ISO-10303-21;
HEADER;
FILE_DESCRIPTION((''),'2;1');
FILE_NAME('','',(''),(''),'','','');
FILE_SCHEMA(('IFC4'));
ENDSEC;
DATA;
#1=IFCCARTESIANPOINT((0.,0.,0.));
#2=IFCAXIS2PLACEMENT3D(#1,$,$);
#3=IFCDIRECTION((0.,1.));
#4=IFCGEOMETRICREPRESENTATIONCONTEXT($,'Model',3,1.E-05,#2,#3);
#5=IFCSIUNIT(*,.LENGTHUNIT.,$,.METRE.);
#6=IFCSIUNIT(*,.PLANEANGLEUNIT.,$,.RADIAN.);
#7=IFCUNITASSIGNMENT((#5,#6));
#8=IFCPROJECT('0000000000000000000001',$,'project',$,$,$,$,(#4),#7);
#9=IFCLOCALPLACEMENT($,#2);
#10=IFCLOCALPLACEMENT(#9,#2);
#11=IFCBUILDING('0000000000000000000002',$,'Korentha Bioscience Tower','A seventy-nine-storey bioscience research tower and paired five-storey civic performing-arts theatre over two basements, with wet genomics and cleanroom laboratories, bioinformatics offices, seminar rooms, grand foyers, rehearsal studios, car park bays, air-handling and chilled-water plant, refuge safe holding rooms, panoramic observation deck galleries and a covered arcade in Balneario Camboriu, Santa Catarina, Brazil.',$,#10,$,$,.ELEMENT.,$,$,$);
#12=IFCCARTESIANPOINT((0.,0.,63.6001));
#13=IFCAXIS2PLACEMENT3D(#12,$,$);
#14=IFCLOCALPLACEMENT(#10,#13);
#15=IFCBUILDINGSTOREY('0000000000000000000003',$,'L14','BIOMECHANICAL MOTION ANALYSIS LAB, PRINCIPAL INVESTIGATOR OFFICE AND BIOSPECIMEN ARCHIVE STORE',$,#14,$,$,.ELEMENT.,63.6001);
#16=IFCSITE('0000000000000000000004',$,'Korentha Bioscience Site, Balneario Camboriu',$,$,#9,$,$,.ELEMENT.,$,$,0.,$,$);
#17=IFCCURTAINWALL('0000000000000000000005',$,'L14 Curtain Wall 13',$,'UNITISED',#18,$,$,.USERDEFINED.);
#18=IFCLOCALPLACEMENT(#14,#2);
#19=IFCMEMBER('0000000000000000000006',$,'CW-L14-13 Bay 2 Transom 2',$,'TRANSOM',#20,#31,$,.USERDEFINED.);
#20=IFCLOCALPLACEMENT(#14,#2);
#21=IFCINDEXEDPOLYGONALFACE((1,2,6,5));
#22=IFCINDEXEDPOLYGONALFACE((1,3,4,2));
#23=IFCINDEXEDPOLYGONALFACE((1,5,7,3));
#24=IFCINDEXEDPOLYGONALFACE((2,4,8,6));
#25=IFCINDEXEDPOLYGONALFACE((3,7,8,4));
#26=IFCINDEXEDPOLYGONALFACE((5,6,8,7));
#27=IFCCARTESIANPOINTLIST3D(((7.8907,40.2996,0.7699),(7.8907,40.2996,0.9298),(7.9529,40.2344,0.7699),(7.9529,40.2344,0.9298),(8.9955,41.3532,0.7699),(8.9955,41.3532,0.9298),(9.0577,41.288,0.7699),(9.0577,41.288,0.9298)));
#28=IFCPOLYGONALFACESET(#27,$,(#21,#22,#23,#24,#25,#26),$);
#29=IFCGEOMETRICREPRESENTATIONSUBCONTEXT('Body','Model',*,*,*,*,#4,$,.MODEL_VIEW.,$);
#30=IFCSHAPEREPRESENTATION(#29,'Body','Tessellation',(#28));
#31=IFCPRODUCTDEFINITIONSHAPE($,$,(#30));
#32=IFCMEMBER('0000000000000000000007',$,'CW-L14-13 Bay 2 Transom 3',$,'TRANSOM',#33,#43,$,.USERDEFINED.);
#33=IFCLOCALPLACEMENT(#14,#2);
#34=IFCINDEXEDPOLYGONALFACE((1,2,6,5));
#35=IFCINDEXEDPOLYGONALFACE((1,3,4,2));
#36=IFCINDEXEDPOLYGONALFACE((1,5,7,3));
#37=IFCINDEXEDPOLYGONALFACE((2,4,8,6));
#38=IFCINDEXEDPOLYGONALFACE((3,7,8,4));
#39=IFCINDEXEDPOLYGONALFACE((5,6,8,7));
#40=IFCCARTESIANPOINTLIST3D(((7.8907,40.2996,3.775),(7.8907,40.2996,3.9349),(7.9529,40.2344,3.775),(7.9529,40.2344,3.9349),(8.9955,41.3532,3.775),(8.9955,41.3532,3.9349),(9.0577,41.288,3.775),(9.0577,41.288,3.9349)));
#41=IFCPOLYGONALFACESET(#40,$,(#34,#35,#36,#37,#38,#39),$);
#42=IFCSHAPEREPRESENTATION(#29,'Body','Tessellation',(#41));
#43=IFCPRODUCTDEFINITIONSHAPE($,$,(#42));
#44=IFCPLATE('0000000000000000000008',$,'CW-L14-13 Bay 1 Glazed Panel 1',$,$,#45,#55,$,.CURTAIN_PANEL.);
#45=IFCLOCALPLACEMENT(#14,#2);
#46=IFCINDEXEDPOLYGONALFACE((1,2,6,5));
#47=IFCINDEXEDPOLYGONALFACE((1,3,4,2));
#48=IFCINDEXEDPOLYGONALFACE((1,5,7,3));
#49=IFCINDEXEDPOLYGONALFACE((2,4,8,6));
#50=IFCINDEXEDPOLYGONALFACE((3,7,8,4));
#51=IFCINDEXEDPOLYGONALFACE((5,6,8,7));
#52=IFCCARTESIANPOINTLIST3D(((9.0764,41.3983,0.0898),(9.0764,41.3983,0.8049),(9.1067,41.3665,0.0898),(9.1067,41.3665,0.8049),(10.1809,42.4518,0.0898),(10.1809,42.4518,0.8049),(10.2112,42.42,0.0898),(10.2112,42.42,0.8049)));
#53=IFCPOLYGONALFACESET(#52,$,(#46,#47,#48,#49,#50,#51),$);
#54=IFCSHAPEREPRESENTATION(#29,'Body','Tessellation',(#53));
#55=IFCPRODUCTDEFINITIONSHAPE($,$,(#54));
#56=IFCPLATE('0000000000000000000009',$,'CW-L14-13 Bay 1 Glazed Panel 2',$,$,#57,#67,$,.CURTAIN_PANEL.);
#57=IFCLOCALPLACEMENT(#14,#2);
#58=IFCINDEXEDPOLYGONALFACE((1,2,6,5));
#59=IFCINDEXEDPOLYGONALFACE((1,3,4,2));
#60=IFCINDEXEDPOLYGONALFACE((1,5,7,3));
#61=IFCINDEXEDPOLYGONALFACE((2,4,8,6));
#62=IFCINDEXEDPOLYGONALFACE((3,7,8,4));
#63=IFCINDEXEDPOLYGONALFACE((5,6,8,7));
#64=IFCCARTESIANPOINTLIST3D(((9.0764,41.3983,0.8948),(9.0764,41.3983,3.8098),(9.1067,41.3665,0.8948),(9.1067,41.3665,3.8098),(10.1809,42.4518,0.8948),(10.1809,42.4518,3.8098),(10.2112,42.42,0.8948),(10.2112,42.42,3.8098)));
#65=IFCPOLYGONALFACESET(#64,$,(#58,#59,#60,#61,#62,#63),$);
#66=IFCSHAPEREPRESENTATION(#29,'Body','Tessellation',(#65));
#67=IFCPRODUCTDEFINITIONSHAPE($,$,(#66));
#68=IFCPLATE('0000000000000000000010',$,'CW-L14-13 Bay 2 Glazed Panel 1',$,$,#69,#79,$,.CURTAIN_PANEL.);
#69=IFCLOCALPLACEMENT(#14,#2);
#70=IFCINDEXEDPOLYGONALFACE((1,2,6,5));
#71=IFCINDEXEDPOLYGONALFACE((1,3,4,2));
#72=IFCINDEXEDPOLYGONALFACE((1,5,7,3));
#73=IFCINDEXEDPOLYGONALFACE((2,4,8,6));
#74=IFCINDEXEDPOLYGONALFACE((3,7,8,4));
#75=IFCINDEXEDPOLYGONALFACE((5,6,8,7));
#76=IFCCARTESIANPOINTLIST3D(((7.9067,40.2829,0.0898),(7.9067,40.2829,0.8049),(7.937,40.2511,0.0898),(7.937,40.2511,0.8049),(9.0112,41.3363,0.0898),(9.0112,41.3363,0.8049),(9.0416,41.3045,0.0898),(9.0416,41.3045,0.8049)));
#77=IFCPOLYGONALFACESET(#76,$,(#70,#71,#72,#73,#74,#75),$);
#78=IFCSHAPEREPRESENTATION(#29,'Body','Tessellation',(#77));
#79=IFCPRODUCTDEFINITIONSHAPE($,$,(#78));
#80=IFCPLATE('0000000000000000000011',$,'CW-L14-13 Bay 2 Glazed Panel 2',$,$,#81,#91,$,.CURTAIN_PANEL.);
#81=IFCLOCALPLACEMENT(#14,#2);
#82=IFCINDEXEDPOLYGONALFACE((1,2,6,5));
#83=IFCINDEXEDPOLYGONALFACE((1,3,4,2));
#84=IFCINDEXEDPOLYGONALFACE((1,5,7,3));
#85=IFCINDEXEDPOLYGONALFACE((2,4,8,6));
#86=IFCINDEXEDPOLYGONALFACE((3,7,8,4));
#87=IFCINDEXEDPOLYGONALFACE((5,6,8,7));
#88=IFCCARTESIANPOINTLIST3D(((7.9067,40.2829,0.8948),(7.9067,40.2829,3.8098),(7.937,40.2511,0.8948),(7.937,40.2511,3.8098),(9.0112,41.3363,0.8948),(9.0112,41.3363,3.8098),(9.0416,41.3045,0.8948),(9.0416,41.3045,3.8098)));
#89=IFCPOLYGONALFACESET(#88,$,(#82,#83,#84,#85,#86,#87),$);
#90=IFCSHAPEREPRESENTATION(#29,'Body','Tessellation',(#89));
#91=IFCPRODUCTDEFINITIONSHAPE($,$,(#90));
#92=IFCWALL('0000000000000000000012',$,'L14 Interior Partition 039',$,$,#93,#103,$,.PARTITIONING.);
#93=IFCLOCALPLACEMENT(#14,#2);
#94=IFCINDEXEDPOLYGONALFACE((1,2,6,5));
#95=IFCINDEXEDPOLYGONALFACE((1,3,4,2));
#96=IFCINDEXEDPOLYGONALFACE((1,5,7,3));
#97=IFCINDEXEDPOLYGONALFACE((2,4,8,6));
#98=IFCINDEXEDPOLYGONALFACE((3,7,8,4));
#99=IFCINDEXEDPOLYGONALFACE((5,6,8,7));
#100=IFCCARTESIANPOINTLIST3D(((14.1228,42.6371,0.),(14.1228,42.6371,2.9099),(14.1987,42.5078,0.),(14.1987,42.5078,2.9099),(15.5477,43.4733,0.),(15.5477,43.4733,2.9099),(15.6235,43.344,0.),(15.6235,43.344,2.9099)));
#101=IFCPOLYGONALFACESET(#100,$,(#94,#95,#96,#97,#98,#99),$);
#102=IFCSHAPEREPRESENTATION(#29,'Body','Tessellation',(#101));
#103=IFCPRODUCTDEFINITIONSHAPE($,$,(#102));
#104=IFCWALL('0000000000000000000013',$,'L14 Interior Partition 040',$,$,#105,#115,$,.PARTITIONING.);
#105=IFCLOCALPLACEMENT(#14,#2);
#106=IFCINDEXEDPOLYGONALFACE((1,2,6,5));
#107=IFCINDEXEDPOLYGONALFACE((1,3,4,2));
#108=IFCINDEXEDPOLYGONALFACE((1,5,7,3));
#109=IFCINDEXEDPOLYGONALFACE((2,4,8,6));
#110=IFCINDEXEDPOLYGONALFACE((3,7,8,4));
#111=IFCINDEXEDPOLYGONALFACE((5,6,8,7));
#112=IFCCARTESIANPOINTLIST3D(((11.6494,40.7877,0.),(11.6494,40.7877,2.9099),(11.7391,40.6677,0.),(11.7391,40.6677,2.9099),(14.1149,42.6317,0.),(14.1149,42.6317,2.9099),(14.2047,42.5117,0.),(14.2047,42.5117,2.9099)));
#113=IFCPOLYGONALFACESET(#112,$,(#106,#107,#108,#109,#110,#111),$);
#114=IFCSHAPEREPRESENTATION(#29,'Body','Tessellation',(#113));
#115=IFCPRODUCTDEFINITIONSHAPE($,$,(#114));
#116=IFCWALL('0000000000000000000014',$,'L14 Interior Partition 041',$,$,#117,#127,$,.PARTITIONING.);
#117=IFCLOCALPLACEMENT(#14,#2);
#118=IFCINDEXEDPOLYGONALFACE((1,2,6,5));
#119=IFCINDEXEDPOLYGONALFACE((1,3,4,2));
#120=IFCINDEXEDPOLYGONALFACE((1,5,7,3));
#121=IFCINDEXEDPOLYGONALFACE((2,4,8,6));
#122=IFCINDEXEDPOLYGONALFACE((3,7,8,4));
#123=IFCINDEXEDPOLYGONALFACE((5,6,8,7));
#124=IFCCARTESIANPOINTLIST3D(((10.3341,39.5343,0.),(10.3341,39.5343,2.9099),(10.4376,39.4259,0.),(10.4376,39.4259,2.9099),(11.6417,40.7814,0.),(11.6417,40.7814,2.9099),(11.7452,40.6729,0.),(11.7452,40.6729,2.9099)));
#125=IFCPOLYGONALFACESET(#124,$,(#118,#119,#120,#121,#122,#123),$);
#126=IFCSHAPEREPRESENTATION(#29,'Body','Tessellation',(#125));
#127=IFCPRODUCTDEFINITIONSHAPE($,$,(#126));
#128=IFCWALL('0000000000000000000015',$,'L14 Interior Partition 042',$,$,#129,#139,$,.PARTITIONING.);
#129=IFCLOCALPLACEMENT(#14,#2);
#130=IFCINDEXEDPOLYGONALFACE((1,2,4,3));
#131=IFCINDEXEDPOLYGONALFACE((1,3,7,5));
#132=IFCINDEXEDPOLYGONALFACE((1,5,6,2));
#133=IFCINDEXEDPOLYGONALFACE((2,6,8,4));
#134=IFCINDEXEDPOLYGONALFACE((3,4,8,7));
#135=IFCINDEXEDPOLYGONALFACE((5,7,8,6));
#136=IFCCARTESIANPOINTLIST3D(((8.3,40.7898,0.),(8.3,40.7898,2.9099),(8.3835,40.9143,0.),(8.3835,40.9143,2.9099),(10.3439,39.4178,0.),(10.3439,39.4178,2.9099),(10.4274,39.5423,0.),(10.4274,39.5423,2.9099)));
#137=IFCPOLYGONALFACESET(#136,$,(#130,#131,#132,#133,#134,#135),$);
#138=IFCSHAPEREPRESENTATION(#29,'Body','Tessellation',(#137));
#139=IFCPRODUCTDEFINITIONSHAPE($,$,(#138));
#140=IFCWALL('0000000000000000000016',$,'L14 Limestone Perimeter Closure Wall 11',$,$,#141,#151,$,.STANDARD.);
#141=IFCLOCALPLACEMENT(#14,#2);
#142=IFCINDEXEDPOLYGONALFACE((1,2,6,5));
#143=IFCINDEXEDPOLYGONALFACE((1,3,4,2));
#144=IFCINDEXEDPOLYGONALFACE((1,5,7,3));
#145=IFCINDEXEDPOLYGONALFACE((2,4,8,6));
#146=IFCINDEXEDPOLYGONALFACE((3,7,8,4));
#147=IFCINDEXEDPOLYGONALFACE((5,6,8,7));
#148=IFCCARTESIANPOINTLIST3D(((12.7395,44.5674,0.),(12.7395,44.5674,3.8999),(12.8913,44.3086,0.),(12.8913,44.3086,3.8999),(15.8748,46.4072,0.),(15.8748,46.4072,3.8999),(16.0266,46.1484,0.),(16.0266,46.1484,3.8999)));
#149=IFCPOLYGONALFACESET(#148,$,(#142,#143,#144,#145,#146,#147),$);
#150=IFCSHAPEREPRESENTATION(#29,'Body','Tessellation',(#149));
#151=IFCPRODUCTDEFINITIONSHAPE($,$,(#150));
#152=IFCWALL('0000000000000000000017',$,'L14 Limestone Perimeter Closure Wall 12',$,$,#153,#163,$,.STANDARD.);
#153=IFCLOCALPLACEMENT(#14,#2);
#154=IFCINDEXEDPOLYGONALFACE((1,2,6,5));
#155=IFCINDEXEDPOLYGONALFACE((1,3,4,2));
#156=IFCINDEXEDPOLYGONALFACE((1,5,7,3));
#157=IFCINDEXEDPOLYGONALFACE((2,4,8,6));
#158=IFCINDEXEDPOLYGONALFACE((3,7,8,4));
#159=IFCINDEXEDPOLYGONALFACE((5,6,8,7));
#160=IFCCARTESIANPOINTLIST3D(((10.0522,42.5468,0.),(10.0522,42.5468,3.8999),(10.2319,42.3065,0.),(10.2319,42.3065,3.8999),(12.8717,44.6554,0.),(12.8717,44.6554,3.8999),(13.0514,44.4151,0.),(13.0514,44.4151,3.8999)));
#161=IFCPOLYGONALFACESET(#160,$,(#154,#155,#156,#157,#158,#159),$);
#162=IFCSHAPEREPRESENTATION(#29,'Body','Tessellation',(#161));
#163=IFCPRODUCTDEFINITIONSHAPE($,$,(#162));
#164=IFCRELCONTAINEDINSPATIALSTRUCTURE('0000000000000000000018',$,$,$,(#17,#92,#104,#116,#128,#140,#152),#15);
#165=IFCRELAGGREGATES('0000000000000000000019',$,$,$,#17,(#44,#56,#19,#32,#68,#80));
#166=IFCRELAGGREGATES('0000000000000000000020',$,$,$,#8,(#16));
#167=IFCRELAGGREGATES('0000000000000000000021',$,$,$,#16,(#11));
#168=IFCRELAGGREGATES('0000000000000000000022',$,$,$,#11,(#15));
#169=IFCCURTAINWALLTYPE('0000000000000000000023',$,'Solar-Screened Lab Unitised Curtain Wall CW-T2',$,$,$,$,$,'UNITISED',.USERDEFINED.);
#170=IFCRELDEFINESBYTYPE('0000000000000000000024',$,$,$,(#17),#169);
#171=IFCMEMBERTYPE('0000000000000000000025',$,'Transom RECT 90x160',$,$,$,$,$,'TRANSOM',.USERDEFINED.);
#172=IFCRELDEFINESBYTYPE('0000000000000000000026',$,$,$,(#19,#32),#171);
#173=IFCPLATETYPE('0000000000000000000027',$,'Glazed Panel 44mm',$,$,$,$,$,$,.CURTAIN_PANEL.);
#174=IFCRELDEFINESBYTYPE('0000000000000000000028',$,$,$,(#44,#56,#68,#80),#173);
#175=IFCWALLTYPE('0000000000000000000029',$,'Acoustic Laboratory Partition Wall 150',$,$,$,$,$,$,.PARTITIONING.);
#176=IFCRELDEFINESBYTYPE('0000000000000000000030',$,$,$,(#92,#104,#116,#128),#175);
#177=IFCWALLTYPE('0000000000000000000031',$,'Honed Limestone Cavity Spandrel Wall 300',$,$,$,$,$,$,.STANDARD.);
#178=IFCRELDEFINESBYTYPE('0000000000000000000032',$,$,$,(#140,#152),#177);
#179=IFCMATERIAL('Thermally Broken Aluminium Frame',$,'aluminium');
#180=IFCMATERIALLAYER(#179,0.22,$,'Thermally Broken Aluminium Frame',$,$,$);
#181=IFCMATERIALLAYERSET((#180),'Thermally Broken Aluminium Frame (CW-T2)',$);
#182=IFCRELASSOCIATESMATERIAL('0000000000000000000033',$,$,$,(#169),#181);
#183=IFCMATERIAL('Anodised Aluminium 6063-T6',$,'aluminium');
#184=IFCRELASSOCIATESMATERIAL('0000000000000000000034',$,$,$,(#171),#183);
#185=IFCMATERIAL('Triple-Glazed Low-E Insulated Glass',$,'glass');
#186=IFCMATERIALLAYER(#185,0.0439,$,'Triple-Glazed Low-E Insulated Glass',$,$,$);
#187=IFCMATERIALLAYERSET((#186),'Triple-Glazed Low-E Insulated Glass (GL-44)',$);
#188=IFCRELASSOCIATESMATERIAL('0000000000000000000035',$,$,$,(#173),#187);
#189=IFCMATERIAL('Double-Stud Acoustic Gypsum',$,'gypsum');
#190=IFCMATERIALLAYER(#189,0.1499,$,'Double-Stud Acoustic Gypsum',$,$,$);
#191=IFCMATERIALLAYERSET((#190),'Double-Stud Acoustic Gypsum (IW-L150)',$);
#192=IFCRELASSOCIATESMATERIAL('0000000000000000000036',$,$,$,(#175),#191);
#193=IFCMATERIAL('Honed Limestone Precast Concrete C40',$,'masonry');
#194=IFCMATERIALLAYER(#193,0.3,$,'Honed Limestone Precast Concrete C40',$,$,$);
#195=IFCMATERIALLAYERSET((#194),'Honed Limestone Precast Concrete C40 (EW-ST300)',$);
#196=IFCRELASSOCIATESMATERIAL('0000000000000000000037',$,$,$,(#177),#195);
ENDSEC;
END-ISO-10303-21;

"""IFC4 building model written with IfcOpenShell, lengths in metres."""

from ifc_helpers import new_model, si_unit, direction, frame, frame_2d, origin, origin_2d, place, context, subcontext, project, spatial, rectangle, extrude, material, layer, layer_set, material_profile, profile_set, type_object, element, aggregate, save


model = new_model("IFC4")

# Units and contexts
model_context = context("Model", 3, precision=1e-05, world=origin(), true_north=direction((0.0, 1.0)))
body_context = subcontext(model_context, "Body", "Model", "MODEL_VIEW")
ifc_project = project(units=[si_unit("LENGTHUNIT", "METRE"), si_unit("PLANEANGLEUNIT", "RADIAN")], contexts=[model_context])

# Site, building, storey
site_placement = place(None, origin())
site = spatial("IfcSite", under=ifc_project, at=site_placement, Name="Korentha Bioscience Site, Balneario Camboriu", CompositionType="ELEMENT", RefElevation=0.0)
building_placement = place(site_placement, origin())
building = spatial("IfcBuilding", under=site, at=building_placement, Name="Korentha Bioscience Tower", Description="A seventy-nine-storey bioscience research tower and paired five-storey civic performing-arts theatre over two basements, with wet genomics and cleanroom laboratories, bioinformatics offices, seminar rooms, grand foyers, rehearsal studios, car park bays, air-handling and chilled-water plant, refuge safe holding rooms, panoramic observation deck galleries and a covered arcade in Balneario Camboriu, Santa Catarina, Brazil.", CompositionType="ELEMENT")
storey_placement = place(building_placement, frame((0.0, 0.0, 63.6001)))
storey = spatial("IfcBuildingStorey", under=building, at=storey_placement, Name="L14", Description="BIOMECHANICAL MOTION ANALYSIS LAB, PRINCIPAL INVESTIGATOR OFFICE AND BIOSPECIMEN ARCHIVE STORE", CompositionType="ELEMENT", Elevation=63.6001)

# Curtain wall
ifc_material_1 = material(Name="Thermally Broken Aluminium Frame", Category="aluminium")
ifc_layer_1 = layer(ifc_material_1, 0.22, Name="Thermally Broken Aluminium Frame")
ifc_layer_set_1 = layer_set([ifc_layer_1], Name="Thermally Broken Aluminium Frame (CW-T2)")
curtain_wall_type = type_object("IfcCurtainWallType", Name="Solar-Screened Lab Unitised Curtain Wall CW-T2", ElementType="UNITISED", PredefinedType="USERDEFINED", material=ifc_layer_set_1)
curtain_wall_placement = place(storey_placement, origin())
curtain_wall = element("IfcCurtainWall", 1, at=curtain_wall_placement, inside=storey, type_object=curtain_wall_type, Name="L14 Curtain Wall 13", ObjectType="UNITISED", PredefinedType="USERDEFINED")
ifc_material_2 = material(Name="Anodised Aluminium 6063-T6", Category="aluminium")

# Members
ifc_material_profile_1 = material_profile(ifc_material_2, rectangle(XDim=0.0901, YDim=0.1599, at=origin_2d()), Name="Anodised Aluminium 6063-T6")
ifc_profile_set_1 = profile_set([ifc_material_profile_1], Name="Anodised Aluminium 6063-T6 (CW-TRN)")
member_type_1 = type_object("IfcMemberType", Name="Transom RECT 90x160", ElementType="TRANSOM", PredefinedType="USERDEFINED", material=ifc_profile_set_1)
member_1_placement = place(storey_placement, frame((9.0266, 41.3206, 0.8499), z_axis=(-0.7237, -0.690114, 0.0), x_axis=(0.690114, -0.7237, 0.0)))
member_1 = element("IfcMember", 2, at=member_1_placement, type_object=member_type_1, Name="CW-L14-13 Bay 2 Transom 2", ObjectType="TRANSOM", PredefinedType="USERDEFINED", context=body_context, shape_type="SweptSolid", body=[
    extrude(rectangle(XDim=0.0901, YDim=0.1599, at=origin_2d()), origin(), (0.0, 0.0, 1.0), 1.5266),
])
member_2_placement = place(storey_placement, frame((9.0266, 41.3206, 3.855), z_axis=(-0.7237, -0.690114, 0.0), x_axis=(0.690114, -0.7237, 0.0)))
member_2 = element("IfcMember", 3, at=member_2_placement, type_object=member_type_1, Name="CW-L14-13 Bay 2 Transom 3", ObjectType="TRANSOM", PredefinedType="USERDEFINED", context=body_context, shape_type="SweptSolid", body=[
    extrude(rectangle(XDim=0.0901, YDim=0.1599, at=origin_2d()), origin(), (0.0, 0.0, 1.0), 1.5266),
])

# Plates
ifc_material_3 = material(Name="Triple-Glazed Low-E Insulated Glass", Category="glass")
ifc_layer_2 = layer(ifc_material_3, 0.0439, Name="Triple-Glazed Low-E Insulated Glass")
ifc_layer_set_2 = layer_set([ifc_layer_2], Name="Triple-Glazed Low-E Insulated Glass (GL-44)")
plate_type = type_object("IfcPlateType", Name="Glazed Panel 44mm", PredefinedType="CURTAIN_PANEL", material=ifc_layer_set_2)
plate_1_placement = place(storey_placement, frame((9.6438, 41.9092, 0.0898), z_axis=(0.0, 0.0, 1.0), x_axis=(-0.723642, -0.690176, 0.0)))
plate_1 = element("IfcPlate", 4, at=plate_1_placement, type_object=plate_type, Name="CW-L14-13 Bay 1 Glazed Panel 1", PredefinedType="CURTAIN_PANEL", context=body_context, shape_type="SweptSolid", body=[
    extrude(rectangle(XDim=1.5264, YDim=0.0439, at=origin_2d()), origin(), (0.0, 0.0, 1.0), 0.7151),
])
plate_2_placement = place(storey_placement, frame((9.6438, 41.9092, 0.8948), z_axis=(0.0, 0.0, 1.0), x_axis=(-0.723642, -0.690176, 0.0)))
plate_2 = element("IfcPlate", 5, at=plate_2_placement, type_object=plate_type, Name="CW-L14-13 Bay 1 Glazed Panel 2", PredefinedType="CURTAIN_PANEL", context=body_context, shape_type="SweptSolid", body=[
    extrude(rectangle(XDim=1.5264, YDim=0.0439, at=origin_2d()), origin(), (0.0, 0.0, 1.0), 2.915),
])
plate_3_placement = place(storey_placement, frame((8.4741, 40.7937, 0.0898), z_axis=(0.0, 0.0, 1.0), x_axis=(-0.723642, -0.690176, 0.0)))
plate_3 = element("IfcPlate", 6, at=plate_3_placement, type_object=plate_type, Name="CW-L14-13 Bay 2 Glazed Panel 1", PredefinedType="CURTAIN_PANEL", context=body_context, shape_type="SweptSolid", body=[
    extrude(rectangle(XDim=1.5264, YDim=0.0439, at=origin_2d()), origin(), (0.0, 0.0, 1.0), 0.7151),
])
plate_4_placement = place(storey_placement, frame((8.4741, 40.7937, 0.8948), z_axis=(0.0, 0.0, 1.0), x_axis=(-0.723642, -0.690176, 0.0)))
plate_4 = element("IfcPlate", 7, at=plate_4_placement, type_object=plate_type, Name="CW-L14-13 Bay 2 Glazed Panel 2", PredefinedType="CURTAIN_PANEL", context=body_context, shape_type="SweptSolid", body=[
    extrude(rectangle(XDim=1.5264, YDim=0.0439, at=origin_2d()), origin(), (0.0, 0.0, 1.0), 2.915),
])
aggregate(curtain_wall, [plate_1, plate_2, member_1, member_2, plate_3, plate_4])

# Walls
ifc_material_4 = material(Name="Double-Stud Acoustic Gypsum", Category="gypsum")
ifc_layer_3 = layer(ifc_material_4, 0.1499, Name="Double-Stud Acoustic Gypsum")
ifc_layer_set_3 = layer_set([ifc_layer_3], Name="Double-Stud Acoustic Gypsum (IW-L150)")
wall_type_1 = type_object("IfcWallType", Name="Acoustic Laboratory Partition Wall 150", PredefinedType="PARTITIONING", material=ifc_layer_set_3)
wall_1_placement = place(storey_placement, frame((15.5857, 43.4087, 0.0), z_axis=(0.0, 0.0, 1.0), x_axis=(-0.862447, -0.506148, 0.0)))
element("IfcWall", 8, at=wall_1_placement, inside=storey, type_object=wall_type_1, Name="L14 Interior Partition 039", PredefinedType="PARTITIONING", context=body_context, shape_type="SweptSolid", body=[
    extrude(rectangle(XDim=1.6521, YDim=0.1499, at=frame_2d((0.8262, 0.0))), origin(), (0.0, 0.0, 1.0), 2.9099),
])
wall_2_placement = place(storey_placement, frame((14.1599, 42.5718, 0.0), z_axis=(0.0, 0.0, 1.0), x_axis=(-0.800808, -0.598921, 0.0)))
element("IfcWall", 9, at=wall_2_placement, inside=storey, type_object=wall_type_1, Name="L14 Interior Partition 040", PredefinedType="PARTITIONING", context=body_context, shape_type="SweptSolid", body=[
    extrude(rectangle(XDim=3.0789, YDim=0.1499, at=frame_2d((1.5396, 0.0))), origin(), (0.0, 0.0, 1.0), 2.9099),
])
wall_3_placement = place(storey_placement, frame((11.6934, 40.7271, 0.0), z_axis=(0.0, 0.0, 1.0), x_axis=(-0.723662, -0.690154, 0.0)))
element("IfcWall", 10, at=wall_3_placement, inside=storey, type_object=wall_type_1, Name="L14 Interior Partition 041", PredefinedType="PARTITIONING", context=body_context, shape_type="SweptSolid", body=[
    extrude(rectangle(XDim=1.8069, YDim=0.1499, at=frame_2d((0.9033, 0.0))), origin(), (0.0, 0.0, 1.0), 2.9099),
])
wall_4_placement = place(storey_placement, frame((10.3857, 39.48, 0.0), z_axis=(0.0, 0.0, 1.0), x_axis=(-0.830276, 0.557352, 0.0)))
element("IfcWall", 11, at=wall_4_placement, inside=storey, type_object=wall_type_1, Name="L14 Interior Partition 042", PredefinedType="PARTITIONING", context=body_context, shape_type="SweptSolid", body=[
    extrude(rectangle(XDim=2.4617, YDim=0.1499, at=frame_2d((1.231, 0.0))), origin(), (0.0, 0.0, 1.0), 2.9099),
])

# Shared definitions
ifc_material_5 = material(Name="Honed Limestone Precast Concrete C40", Category="masonry")
ifc_layer_4 = layer(ifc_material_5, 0.3, Name="Honed Limestone Precast Concrete C40")
ifc_layer_set_4 = layer_set([ifc_layer_4], Name="Honed Limestone Precast Concrete C40 (EW-ST300)")
wall_type_2 = type_object("IfcWallType", Name="Honed Limestone Cavity Spandrel Wall 300", PredefinedType="STANDARD", material=ifc_layer_set_4)

# Walls
wall_5_placement = place(storey_placement, frame((15.9507, 46.2778, 0.0), z_axis=(0.0, 0.0, 1.0), x_axis=(-0.862465, -0.506116, 0.0)))
element("IfcWall", 12, at=wall_5_placement, inside=storey, type_object=wall_type_2, Name="L14 Limestone Perimeter Closure Wall 11", PredefinedType="STANDARD", context=body_context, shape_type="SweptSolid", body=[
    extrude(rectangle(XDim=3.6353, YDim=0.3, at=frame_2d((1.8176, 0.0))), origin(), (0.0, 0.0, 1.0), 3.8999),
])
wall_6_placement = place(storey_placement, frame((12.9614, 44.5352, 0.0), z_axis=(0.0, 0.0, 1.0), x_axis=(-0.800823, -0.598901, 0.0)))
element("IfcWall", 13, at=wall_6_placement, inside=storey, type_object=wall_type_2, Name="L14 Limestone Perimeter Closure Wall 12", PredefinedType="STANDARD", context=body_context, shape_type="SweptSolid", body=[
    extrude(rectangle(XDim=3.5208, YDim=0.3, at=frame_2d((1.7603, 0.0))), origin(), (0.0, 0.0, 1.0), 3.8999),
])

save(model, "model.ifc")
